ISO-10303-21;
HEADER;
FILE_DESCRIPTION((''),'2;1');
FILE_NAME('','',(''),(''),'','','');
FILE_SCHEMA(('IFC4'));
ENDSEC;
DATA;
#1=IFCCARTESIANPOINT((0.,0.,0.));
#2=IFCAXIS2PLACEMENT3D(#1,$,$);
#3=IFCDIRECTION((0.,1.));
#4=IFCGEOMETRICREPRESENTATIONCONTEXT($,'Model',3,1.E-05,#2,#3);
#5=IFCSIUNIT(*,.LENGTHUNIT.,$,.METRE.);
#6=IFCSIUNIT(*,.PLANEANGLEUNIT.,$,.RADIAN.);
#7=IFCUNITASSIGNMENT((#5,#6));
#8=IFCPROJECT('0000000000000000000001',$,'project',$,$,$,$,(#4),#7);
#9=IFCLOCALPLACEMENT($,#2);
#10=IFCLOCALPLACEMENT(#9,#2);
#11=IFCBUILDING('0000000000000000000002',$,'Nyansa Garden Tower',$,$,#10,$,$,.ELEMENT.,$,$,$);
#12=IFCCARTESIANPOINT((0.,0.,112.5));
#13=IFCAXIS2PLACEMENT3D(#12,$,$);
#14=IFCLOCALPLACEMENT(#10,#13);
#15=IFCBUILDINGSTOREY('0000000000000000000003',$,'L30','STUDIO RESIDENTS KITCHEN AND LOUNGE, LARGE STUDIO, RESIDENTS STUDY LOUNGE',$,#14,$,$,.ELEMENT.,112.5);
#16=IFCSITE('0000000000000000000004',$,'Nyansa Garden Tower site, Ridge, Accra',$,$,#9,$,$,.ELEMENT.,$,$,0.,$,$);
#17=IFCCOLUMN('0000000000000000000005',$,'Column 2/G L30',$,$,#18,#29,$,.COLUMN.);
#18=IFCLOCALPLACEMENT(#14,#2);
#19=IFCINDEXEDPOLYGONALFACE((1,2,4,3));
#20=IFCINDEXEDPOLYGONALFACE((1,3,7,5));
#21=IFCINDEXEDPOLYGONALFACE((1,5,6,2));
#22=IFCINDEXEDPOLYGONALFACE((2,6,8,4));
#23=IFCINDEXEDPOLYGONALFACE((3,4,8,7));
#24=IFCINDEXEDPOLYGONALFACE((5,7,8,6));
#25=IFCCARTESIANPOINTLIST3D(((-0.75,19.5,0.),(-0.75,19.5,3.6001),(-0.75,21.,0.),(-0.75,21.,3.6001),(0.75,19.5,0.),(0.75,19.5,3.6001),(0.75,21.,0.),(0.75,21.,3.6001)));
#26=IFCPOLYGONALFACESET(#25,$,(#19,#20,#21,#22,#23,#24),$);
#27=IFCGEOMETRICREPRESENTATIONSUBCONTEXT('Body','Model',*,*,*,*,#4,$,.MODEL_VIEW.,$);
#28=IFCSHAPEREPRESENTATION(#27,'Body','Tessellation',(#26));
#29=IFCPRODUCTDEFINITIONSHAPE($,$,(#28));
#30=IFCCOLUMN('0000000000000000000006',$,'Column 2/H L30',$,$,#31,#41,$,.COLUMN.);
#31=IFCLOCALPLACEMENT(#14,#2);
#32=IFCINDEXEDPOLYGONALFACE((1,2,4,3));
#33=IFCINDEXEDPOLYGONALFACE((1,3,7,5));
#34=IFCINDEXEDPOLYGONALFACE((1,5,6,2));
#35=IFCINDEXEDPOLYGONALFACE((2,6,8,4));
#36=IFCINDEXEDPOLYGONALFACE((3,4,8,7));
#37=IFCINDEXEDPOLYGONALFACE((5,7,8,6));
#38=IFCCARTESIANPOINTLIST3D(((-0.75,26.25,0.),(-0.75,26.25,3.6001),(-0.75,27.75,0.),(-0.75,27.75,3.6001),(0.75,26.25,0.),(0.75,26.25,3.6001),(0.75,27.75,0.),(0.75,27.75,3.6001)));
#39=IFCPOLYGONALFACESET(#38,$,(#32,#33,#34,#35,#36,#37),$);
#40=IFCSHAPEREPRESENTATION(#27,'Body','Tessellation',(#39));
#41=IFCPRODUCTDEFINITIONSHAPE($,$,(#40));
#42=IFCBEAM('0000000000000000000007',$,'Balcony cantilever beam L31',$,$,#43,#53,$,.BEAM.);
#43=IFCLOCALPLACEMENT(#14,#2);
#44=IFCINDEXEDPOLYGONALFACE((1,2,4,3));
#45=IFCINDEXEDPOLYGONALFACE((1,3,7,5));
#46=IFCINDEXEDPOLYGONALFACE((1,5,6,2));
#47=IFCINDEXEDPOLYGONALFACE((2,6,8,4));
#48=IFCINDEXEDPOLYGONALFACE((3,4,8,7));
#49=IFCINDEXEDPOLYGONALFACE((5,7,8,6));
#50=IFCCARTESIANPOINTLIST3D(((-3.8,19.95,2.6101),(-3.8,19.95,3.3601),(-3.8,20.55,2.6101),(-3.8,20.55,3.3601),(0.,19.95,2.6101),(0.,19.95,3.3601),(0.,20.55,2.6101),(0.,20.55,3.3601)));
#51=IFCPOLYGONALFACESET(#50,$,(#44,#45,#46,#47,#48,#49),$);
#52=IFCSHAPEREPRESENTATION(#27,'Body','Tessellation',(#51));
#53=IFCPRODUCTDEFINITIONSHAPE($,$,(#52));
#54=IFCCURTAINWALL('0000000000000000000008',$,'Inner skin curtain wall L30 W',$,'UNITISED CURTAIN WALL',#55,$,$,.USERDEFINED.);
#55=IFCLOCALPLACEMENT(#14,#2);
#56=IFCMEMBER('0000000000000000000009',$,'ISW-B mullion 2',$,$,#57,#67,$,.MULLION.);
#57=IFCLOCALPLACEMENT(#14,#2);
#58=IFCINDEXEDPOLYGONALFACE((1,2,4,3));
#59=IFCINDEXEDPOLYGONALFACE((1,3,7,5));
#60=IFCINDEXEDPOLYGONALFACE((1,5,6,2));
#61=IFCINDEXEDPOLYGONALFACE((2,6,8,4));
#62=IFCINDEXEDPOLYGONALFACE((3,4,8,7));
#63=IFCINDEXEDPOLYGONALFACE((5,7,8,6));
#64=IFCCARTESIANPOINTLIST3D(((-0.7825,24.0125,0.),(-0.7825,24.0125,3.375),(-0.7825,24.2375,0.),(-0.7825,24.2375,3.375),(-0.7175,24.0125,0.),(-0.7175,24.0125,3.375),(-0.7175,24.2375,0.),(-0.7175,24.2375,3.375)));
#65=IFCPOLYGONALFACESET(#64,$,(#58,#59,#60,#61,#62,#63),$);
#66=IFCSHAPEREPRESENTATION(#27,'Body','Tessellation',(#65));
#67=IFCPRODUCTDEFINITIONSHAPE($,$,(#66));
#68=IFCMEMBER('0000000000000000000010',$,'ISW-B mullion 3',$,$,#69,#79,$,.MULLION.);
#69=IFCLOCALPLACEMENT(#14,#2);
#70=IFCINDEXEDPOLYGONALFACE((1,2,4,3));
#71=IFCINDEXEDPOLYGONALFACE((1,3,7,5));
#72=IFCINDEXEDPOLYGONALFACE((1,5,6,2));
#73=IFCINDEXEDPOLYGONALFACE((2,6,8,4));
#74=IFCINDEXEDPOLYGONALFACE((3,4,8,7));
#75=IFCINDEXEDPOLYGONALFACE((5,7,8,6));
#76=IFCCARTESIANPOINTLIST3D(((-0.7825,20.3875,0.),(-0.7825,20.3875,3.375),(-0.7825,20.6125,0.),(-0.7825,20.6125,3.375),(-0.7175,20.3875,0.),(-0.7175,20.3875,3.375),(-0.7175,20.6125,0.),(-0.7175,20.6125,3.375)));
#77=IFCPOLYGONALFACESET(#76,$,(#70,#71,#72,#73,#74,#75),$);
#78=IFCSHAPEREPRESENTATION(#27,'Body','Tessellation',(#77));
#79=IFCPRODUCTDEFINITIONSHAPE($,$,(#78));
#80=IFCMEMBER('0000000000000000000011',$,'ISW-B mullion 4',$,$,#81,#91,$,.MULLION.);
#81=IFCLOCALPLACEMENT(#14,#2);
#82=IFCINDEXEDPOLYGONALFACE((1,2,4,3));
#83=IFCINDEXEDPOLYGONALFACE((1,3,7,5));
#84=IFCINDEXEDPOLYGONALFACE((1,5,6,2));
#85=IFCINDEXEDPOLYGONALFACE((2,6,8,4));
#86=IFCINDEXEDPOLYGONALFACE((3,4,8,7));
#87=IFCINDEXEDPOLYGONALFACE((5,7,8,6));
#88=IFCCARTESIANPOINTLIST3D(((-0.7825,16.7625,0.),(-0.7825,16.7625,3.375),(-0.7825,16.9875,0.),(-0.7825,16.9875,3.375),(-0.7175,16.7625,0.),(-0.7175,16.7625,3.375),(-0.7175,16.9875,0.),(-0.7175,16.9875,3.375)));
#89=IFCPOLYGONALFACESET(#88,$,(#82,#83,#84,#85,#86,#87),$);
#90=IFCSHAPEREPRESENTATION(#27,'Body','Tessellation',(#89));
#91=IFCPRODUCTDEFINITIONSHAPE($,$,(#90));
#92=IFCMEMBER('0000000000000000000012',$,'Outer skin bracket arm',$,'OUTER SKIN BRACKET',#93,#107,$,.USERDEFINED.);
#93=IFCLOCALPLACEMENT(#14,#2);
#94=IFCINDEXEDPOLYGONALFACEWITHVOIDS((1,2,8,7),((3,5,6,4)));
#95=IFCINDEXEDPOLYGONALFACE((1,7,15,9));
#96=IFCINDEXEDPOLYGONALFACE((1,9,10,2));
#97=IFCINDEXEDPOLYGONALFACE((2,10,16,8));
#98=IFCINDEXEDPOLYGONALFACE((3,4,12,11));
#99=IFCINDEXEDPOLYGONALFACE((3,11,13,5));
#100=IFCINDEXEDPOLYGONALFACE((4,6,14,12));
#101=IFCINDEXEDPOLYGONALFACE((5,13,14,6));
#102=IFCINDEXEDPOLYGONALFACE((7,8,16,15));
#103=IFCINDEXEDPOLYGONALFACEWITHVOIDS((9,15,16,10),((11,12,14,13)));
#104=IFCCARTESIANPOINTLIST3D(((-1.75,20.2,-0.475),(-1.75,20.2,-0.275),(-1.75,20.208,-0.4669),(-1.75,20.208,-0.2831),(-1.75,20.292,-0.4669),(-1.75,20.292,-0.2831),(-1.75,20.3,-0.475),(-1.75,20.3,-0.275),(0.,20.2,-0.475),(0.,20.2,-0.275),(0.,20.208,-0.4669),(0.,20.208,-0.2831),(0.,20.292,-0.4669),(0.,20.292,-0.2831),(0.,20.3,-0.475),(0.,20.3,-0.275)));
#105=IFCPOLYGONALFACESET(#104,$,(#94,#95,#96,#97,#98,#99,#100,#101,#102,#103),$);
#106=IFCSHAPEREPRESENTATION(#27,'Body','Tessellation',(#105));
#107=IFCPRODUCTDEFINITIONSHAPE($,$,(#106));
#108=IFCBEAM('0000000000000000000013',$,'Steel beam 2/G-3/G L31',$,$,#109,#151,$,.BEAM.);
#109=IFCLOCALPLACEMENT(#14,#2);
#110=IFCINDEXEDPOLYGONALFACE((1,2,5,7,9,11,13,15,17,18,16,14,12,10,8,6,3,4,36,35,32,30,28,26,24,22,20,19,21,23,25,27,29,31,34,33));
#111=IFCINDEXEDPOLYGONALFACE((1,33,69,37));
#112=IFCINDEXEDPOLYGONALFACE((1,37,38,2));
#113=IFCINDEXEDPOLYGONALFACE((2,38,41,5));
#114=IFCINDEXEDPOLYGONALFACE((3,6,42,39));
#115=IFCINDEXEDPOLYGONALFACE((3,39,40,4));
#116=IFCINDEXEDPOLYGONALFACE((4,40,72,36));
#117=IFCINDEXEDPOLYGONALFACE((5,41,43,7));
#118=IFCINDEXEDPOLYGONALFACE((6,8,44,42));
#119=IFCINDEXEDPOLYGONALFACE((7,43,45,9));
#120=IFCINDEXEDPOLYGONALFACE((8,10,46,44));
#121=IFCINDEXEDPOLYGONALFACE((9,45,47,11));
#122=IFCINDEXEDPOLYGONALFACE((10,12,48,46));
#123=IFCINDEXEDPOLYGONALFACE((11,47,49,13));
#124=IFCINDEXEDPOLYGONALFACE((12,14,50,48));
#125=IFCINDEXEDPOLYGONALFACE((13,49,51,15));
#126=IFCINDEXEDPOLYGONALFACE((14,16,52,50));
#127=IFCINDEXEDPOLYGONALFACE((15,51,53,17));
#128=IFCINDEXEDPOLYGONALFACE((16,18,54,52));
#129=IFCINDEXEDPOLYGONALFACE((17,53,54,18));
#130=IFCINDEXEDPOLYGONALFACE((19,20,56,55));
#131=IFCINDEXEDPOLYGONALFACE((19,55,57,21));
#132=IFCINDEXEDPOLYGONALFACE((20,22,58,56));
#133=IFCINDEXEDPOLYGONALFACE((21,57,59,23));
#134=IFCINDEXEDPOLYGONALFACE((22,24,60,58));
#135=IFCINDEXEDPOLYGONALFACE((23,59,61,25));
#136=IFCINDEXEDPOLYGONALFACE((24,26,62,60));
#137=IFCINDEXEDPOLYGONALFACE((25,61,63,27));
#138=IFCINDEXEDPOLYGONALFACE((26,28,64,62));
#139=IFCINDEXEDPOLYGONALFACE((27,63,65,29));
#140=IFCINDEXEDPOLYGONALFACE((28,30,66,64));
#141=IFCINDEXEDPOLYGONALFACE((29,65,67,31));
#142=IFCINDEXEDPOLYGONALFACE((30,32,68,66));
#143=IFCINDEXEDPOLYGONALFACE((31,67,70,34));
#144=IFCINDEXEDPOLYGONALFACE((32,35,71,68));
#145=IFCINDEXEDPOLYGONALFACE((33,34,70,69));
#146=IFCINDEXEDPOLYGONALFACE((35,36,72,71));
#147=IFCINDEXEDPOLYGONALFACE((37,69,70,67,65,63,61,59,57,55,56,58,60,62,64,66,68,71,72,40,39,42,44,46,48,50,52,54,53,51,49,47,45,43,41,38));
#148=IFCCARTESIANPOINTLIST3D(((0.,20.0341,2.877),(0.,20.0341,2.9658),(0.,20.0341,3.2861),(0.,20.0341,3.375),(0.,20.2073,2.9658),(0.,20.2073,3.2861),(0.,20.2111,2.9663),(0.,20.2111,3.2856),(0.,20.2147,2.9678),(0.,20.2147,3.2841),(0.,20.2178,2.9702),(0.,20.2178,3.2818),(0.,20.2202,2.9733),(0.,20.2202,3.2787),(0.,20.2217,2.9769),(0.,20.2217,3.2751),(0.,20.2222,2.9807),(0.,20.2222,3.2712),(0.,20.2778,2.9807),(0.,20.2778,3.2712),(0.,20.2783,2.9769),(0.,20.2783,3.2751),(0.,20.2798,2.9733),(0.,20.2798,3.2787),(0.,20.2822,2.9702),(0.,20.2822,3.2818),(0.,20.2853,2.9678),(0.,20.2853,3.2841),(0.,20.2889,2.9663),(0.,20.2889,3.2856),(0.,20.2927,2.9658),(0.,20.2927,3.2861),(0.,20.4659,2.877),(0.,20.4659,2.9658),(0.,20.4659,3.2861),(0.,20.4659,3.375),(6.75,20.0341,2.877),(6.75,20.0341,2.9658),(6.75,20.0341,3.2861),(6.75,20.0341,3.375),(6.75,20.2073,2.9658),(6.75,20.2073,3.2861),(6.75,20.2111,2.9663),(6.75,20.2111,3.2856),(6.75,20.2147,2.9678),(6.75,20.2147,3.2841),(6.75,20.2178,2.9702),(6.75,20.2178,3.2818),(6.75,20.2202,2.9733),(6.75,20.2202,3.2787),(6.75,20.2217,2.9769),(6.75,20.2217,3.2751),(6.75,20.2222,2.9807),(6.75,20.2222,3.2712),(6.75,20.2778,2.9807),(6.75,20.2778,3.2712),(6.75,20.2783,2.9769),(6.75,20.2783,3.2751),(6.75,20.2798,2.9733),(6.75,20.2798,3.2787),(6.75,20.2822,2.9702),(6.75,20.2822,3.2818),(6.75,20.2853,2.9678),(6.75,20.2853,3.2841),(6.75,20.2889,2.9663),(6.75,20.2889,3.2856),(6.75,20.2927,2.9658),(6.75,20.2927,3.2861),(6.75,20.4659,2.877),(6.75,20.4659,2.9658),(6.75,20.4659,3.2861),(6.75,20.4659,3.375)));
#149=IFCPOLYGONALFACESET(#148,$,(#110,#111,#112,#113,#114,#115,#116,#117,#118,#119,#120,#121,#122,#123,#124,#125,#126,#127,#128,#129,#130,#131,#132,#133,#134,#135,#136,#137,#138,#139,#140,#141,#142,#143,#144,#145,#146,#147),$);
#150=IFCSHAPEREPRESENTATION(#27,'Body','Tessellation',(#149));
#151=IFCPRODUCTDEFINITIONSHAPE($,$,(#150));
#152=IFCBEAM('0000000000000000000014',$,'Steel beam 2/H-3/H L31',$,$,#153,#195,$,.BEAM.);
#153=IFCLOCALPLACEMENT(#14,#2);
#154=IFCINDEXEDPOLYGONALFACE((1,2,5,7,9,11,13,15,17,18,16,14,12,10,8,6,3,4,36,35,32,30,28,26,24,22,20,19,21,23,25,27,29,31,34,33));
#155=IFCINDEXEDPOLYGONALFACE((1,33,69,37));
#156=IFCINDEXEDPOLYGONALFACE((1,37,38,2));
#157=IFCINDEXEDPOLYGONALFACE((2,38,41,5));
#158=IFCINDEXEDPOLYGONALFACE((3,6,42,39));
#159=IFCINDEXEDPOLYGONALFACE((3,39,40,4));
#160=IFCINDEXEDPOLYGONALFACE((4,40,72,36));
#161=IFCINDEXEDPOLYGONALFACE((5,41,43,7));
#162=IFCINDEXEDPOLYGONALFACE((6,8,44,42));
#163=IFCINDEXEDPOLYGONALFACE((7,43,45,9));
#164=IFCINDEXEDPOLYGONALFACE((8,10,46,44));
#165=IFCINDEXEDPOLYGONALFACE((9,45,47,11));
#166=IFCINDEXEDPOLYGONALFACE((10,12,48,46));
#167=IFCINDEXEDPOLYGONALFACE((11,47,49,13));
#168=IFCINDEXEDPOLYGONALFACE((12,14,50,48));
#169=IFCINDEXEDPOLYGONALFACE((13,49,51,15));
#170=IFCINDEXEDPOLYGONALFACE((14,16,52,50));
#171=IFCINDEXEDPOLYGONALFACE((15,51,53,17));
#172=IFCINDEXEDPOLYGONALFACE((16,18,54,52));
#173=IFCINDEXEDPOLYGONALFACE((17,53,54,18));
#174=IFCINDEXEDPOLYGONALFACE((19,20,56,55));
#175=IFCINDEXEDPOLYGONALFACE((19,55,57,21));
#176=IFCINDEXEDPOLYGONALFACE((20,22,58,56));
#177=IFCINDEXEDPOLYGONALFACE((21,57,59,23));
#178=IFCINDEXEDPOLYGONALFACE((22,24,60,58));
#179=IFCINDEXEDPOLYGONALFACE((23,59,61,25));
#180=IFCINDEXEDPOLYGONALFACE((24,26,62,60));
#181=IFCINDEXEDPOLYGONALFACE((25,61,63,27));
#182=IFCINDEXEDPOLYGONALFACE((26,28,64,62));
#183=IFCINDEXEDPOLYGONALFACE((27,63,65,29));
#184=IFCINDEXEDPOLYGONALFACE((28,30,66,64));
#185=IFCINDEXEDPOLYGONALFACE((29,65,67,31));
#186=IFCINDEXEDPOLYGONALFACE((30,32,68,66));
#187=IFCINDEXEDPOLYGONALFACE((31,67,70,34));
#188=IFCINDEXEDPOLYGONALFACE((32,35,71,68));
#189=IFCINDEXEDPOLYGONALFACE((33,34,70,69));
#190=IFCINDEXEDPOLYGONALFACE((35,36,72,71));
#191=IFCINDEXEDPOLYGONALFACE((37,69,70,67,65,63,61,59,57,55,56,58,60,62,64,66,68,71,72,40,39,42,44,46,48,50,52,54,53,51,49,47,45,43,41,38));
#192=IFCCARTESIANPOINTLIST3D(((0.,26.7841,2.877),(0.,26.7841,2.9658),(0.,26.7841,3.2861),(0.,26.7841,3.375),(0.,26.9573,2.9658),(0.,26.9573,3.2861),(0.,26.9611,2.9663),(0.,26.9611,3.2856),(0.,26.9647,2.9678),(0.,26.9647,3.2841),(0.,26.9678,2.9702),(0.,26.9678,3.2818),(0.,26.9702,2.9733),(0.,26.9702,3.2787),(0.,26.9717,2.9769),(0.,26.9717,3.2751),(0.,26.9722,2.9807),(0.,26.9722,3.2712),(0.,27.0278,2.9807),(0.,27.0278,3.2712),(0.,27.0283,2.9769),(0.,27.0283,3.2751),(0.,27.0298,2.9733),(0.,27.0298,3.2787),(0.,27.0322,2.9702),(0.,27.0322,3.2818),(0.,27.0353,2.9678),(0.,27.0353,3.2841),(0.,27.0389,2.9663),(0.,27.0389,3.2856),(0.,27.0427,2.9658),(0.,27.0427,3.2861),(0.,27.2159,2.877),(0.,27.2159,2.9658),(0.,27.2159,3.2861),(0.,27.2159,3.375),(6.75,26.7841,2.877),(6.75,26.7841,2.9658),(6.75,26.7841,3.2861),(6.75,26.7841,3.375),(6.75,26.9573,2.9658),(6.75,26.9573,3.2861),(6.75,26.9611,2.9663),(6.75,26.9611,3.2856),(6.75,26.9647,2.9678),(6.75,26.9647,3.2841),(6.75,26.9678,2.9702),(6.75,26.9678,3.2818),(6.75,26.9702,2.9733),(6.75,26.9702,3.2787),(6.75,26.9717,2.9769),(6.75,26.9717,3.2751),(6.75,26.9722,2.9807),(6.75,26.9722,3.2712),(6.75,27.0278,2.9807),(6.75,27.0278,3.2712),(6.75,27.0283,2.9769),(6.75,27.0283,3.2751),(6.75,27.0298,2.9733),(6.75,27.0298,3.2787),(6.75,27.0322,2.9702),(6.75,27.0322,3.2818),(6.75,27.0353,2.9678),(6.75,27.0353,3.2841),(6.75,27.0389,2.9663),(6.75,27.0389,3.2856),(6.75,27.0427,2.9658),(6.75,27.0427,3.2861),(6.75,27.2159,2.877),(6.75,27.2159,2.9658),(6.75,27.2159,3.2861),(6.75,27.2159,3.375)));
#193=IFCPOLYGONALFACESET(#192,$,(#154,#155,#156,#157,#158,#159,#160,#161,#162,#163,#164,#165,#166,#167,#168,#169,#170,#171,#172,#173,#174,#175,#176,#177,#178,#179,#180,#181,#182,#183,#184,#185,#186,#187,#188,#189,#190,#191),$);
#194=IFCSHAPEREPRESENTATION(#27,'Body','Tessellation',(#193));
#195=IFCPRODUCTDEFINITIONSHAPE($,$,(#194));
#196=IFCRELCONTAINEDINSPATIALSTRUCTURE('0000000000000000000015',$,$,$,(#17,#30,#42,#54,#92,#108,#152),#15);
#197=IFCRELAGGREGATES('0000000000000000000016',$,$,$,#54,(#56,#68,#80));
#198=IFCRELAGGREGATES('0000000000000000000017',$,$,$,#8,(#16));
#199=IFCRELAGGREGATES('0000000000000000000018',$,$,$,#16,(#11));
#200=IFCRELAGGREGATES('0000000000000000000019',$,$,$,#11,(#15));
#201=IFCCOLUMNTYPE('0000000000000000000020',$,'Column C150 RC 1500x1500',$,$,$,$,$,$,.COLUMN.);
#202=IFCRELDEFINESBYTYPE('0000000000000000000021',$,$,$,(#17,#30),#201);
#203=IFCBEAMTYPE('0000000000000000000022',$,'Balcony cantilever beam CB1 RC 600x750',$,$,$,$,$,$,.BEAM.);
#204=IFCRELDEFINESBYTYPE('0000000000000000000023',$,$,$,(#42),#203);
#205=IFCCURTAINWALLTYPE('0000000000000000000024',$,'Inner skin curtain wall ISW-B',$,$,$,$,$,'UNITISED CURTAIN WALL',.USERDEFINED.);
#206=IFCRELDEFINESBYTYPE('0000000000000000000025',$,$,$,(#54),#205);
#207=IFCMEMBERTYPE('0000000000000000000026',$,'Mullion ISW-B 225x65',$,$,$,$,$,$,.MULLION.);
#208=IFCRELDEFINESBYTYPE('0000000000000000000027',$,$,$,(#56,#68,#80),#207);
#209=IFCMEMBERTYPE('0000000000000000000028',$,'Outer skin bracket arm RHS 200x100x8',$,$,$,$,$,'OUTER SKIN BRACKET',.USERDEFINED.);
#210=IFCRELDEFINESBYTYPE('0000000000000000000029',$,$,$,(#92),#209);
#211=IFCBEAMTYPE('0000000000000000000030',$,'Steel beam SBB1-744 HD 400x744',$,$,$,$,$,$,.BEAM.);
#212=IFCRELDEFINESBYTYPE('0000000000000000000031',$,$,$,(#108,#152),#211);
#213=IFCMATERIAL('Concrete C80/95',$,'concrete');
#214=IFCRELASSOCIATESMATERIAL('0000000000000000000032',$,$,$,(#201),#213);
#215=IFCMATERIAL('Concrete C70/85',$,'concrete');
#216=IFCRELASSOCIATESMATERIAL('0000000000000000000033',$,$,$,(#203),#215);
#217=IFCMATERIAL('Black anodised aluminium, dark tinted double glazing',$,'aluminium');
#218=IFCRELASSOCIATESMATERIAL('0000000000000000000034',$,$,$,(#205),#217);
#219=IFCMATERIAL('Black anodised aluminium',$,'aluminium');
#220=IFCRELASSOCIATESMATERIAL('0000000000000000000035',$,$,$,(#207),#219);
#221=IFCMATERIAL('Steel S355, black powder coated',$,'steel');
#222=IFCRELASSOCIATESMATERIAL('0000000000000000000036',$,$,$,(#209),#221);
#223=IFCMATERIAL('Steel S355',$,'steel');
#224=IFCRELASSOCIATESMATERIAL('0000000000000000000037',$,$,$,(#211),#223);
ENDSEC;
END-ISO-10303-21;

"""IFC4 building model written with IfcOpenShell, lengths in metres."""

from ifc_helpers import new_model, si_unit, direction, frame, origin, origin_2d, place, context, subcontext, project, spatial, rectangle, hollow_rectangle, i_section, extrude, material, material_profile, profile_set, type_object, element, aggregate, save


model = new_model("IFC4")

# Units and contexts
model_context = context("Model", 3, precision=1e-05, world=origin(), true_north=direction((0.0, 1.0)))
body_context = subcontext(model_context, "Body", "Model", "MODEL_VIEW")
ifc_project = project(units=[si_unit("LENGTHUNIT", "METRE"), si_unit("PLANEANGLEUNIT", "RADIAN")], contexts=[model_context])

# Site, building, storey
site_placement = place(None, origin())
site = spatial("IfcSite", under=ifc_project, at=site_placement, Name="Nyansa Garden Tower site, Ridge, Accra", CompositionType="ELEMENT", RefElevation=0.0)
building_placement = place(site_placement, origin())
building = spatial("IfcBuilding", under=site, at=building_placement, Name="Nyansa Garden Tower", CompositionType="ELEMENT")
storey_placement = place(building_placement, frame((0.0, 0.0, 112.5)))
storey = spatial("IfcBuildingStorey", under=building, at=storey_placement, Name="L30", Description="STUDIO RESIDENTS KITCHEN AND LOUNGE, LARGE STUDIO, RESIDENTS STUDY LOUNGE", CompositionType="ELEMENT", Elevation=112.5)

# Columns
ifc_material_1 = material(Name="Concrete C80/95", Category="concrete")
ifc_material_profile_1 = material_profile(ifc_material_1, rectangle(XDim=1.5, YDim=1.5, at=origin_2d()), Name="RC 1500x1500")
ifc_profile_set_1 = profile_set([ifc_material_profile_1], Name="Concrete C80/95")
column_type = type_object("IfcColumnType", Name="Column C150 RC 1500x1500", PredefinedType="COLUMN", material=ifc_profile_set_1)
for number, where, z_axis, x_axis, name in (
    (1, (0.0, 20.25, 0.0), (0.0, 0.0, 1.0), (1.0, 0.0, 0.0), "Column 2/G L30"),
    (2, (0.0, 27.0, 0.0), (0.0, 0.0, 1.0), (1.0, 0.0, 0.0), "Column 2/H L30"),
):
    element("IfcColumn", number, at=place(storey_placement, frame(where, z_axis=z_axis, x_axis=x_axis)), inside=storey, type_object=column_type, Name=name, PredefinedType="COLUMN", context=body_context, shape_type="SweptSolid", body=[
        extrude(rectangle(XDim=1.5, YDim=1.5, at=origin_2d()), origin(), (0.0, 0.0, 1.0), 3.6001),
    ])

# Beam
ifc_material_2 = material(Name="Concrete C70/85", Category="concrete")
ifc_material_profile_2 = material_profile(ifc_material_2, rectangle(XDim=0.6001, YDim=0.75, at=origin_2d()), Name="RC 600x750")
ifc_profile_set_2 = profile_set([ifc_material_profile_2], Name="Concrete C70/85")
beam_type_1 = type_object("IfcBeamType", Name="Balcony cantilever beam CB1 RC 600x750", PredefinedType="BEAM", material=ifc_profile_set_2)
beam_1_placement = place(storey_placement, frame((0.0, 20.25, 2.9851), z_axis=(-1.0, 0.0, 0.0), x_axis=(0.0, -1.0, 0.0)))
element("IfcBeam", 3, at=beam_1_placement, inside=storey, type_object=beam_type_1, Name="Balcony cantilever beam L31", PredefinedType="BEAM", context=body_context, shape_type="SweptSolid", body=[
    extrude(rectangle(XDim=0.6001, YDim=0.75, at=origin_2d()), origin(), (0.0, 0.0, 1.0), 3.8),
])

# Curtain wall, members
ifc_material_3 = material(Name="Black anodised aluminium, dark tinted double glazing", Category="aluminium")
curtain_wall_type = type_object("IfcCurtainWallType", Name="Inner skin curtain wall ISW-B", ElementType="UNITISED CURTAIN WALL", PredefinedType="USERDEFINED", material=ifc_material_3)
curtain_wall_placement = place(storey_placement, origin())
curtain_wall = element("IfcCurtainWall", 4, at=curtain_wall_placement, inside=storey, type_object=curtain_wall_type, Name="Inner skin curtain wall L30 W", ObjectType="UNITISED CURTAIN WALL", PredefinedType="USERDEFINED")
ifc_material_4 = material(Name="Black anodised aluminium", Category="aluminium")
ifc_material_profile_3 = material_profile(ifc_material_4, rectangle(XDim=0.0649, YDim=0.2251, at=origin_2d()), Name="Mullion 225x65")
ifc_profile_set_3 = profile_set([ifc_material_profile_3], Name="Black anodised aluminium")
member_type_1 = type_object("IfcMemberType", Name="Mullion ISW-B 225x65", PredefinedType="MULLION", material=ifc_profile_set_3)
member_1_placement = place(storey_placement, frame((-0.75, 24.125, 0.0), z_axis=(0.0, 0.0, 1.0), x_axis=(1.0, 0.0, 0.0)))
member_1 = element("IfcMember", 5, at=member_1_placement, type_object=member_type_1, Name="ISW-B mullion 2", PredefinedType="MULLION", context=body_context, shape_type="SweptSolid", body=[
    extrude(rectangle(XDim=0.0649, YDim=0.2251, at=origin_2d()), origin(), (0.0, 0.0, 1.0), 3.375),
])
member_2_placement = place(storey_placement, frame((-0.75, 20.5, 0.0), z_axis=(0.0, 0.0, 1.0), x_axis=(1.0, 0.0, 0.0)))
member_2 = element("IfcMember", 6, at=member_2_placement, type_object=member_type_1, Name="ISW-B mullion 3", PredefinedType="MULLION", context=body_context, shape_type="SweptSolid", body=[
    extrude(rectangle(XDim=0.0649, YDim=0.2251, at=origin_2d()), origin(), (0.0, 0.0, 1.0), 3.375),
])
member_3_placement = place(storey_placement, frame((-0.75, 16.875, 0.0), z_axis=(0.0, 0.0, 1.0), x_axis=(1.0, 0.0, 0.0)))
member_3 = element("IfcMember", 7, at=member_3_placement, type_object=member_type_1, Name="ISW-B mullion 4", PredefinedType="MULLION", context=body_context, shape_type="SweptSolid", body=[
    extrude(rectangle(XDim=0.0649, YDim=0.2251, at=origin_2d()), origin(), (0.0, 0.0, 1.0), 3.375),
])

# Member
ifc_material_5 = material(Name="Steel S355, black powder coated", Category="steel")
ifc_material_profile_4 = material_profile(ifc_material_5, hollow_rectangle(XDim=0.1001, YDim=0.2, WallThickness=0.0081, at=origin_2d()), Name="RHS 200x100x8")
ifc_profile_set_4 = profile_set([ifc_material_profile_4], Name="Steel S355, black powder coated")
member_type_2 = type_object("IfcMemberType", Name="Outer skin bracket arm RHS 200x100x8", ElementType="OUTER SKIN BRACKET", PredefinedType="USERDEFINED", material=ifc_profile_set_4)
member_4_placement = place(storey_placement, frame((0.0, 20.25, -0.375), z_axis=(-1.0, 0.0, 0.0), x_axis=(0.0, -1.0, 0.0)))
element("IfcMember", 8, at=member_4_placement, inside=storey, type_object=member_type_2, Name="Outer skin bracket arm", ObjectType="OUTER SKIN BRACKET", PredefinedType="USERDEFINED", context=body_context, shape_type="SweptSolid", body=[
    extrude(hollow_rectangle(XDim=0.1001, YDim=0.2, WallThickness=0.0081, at=origin_2d()), origin(), (0.0, 0.0, 1.0), 1.75),
])

# Beams
ifc_material_6 = material(Name="Steel S355", Category="steel")
ifc_material_profile_5 = material_profile(ifc_material_6, i_section(OverallWidth=0.4319, OverallDepth=0.498, WebThickness=0.0557, FlangeThickness=0.0889, FilletRadius=0.0149, at=origin_2d()), Name="HD 400x744")
ifc_profile_set_5 = profile_set([ifc_material_profile_5], Name="Steel S355")
beam_type_2 = type_object("IfcBeamType", Name="Steel beam SBB1-744 HD 400x744", PredefinedType="BEAM", material=ifc_profile_set_5)
for number, where, z_axis, x_axis, name in (
    (9, (0.0, 20.25, 3.126), (1.0, 0.0, 0.0), (0.0, 1.0, 0.0), "Steel beam 2/G-3/G L31"),
    (10, (0.0, 27.0, 3.126), (1.0, 0.0, 0.0), (0.0, 1.0, 0.0), "Steel beam 2/H-3/H L31"),
):
    element("IfcBeam", number, at=place(storey_placement, frame(where, z_axis=z_axis, x_axis=x_axis)), inside=storey, type_object=beam_type_2, Name=name, PredefinedType="BEAM", context=body_context, shape_type="SweptSolid", body=[
        extrude(i_section(OverallWidth=0.4319, OverallDepth=0.498, WebThickness=0.0557, FlangeThickness=0.0889, FilletRadius=0.0149, at=origin_2d()), origin(), (0.0, 0.0, 1.0), 6.75),
    ])

aggregate(curtain_wall, [member_1, member_2, member_3])

save(model, "model.ifc")
